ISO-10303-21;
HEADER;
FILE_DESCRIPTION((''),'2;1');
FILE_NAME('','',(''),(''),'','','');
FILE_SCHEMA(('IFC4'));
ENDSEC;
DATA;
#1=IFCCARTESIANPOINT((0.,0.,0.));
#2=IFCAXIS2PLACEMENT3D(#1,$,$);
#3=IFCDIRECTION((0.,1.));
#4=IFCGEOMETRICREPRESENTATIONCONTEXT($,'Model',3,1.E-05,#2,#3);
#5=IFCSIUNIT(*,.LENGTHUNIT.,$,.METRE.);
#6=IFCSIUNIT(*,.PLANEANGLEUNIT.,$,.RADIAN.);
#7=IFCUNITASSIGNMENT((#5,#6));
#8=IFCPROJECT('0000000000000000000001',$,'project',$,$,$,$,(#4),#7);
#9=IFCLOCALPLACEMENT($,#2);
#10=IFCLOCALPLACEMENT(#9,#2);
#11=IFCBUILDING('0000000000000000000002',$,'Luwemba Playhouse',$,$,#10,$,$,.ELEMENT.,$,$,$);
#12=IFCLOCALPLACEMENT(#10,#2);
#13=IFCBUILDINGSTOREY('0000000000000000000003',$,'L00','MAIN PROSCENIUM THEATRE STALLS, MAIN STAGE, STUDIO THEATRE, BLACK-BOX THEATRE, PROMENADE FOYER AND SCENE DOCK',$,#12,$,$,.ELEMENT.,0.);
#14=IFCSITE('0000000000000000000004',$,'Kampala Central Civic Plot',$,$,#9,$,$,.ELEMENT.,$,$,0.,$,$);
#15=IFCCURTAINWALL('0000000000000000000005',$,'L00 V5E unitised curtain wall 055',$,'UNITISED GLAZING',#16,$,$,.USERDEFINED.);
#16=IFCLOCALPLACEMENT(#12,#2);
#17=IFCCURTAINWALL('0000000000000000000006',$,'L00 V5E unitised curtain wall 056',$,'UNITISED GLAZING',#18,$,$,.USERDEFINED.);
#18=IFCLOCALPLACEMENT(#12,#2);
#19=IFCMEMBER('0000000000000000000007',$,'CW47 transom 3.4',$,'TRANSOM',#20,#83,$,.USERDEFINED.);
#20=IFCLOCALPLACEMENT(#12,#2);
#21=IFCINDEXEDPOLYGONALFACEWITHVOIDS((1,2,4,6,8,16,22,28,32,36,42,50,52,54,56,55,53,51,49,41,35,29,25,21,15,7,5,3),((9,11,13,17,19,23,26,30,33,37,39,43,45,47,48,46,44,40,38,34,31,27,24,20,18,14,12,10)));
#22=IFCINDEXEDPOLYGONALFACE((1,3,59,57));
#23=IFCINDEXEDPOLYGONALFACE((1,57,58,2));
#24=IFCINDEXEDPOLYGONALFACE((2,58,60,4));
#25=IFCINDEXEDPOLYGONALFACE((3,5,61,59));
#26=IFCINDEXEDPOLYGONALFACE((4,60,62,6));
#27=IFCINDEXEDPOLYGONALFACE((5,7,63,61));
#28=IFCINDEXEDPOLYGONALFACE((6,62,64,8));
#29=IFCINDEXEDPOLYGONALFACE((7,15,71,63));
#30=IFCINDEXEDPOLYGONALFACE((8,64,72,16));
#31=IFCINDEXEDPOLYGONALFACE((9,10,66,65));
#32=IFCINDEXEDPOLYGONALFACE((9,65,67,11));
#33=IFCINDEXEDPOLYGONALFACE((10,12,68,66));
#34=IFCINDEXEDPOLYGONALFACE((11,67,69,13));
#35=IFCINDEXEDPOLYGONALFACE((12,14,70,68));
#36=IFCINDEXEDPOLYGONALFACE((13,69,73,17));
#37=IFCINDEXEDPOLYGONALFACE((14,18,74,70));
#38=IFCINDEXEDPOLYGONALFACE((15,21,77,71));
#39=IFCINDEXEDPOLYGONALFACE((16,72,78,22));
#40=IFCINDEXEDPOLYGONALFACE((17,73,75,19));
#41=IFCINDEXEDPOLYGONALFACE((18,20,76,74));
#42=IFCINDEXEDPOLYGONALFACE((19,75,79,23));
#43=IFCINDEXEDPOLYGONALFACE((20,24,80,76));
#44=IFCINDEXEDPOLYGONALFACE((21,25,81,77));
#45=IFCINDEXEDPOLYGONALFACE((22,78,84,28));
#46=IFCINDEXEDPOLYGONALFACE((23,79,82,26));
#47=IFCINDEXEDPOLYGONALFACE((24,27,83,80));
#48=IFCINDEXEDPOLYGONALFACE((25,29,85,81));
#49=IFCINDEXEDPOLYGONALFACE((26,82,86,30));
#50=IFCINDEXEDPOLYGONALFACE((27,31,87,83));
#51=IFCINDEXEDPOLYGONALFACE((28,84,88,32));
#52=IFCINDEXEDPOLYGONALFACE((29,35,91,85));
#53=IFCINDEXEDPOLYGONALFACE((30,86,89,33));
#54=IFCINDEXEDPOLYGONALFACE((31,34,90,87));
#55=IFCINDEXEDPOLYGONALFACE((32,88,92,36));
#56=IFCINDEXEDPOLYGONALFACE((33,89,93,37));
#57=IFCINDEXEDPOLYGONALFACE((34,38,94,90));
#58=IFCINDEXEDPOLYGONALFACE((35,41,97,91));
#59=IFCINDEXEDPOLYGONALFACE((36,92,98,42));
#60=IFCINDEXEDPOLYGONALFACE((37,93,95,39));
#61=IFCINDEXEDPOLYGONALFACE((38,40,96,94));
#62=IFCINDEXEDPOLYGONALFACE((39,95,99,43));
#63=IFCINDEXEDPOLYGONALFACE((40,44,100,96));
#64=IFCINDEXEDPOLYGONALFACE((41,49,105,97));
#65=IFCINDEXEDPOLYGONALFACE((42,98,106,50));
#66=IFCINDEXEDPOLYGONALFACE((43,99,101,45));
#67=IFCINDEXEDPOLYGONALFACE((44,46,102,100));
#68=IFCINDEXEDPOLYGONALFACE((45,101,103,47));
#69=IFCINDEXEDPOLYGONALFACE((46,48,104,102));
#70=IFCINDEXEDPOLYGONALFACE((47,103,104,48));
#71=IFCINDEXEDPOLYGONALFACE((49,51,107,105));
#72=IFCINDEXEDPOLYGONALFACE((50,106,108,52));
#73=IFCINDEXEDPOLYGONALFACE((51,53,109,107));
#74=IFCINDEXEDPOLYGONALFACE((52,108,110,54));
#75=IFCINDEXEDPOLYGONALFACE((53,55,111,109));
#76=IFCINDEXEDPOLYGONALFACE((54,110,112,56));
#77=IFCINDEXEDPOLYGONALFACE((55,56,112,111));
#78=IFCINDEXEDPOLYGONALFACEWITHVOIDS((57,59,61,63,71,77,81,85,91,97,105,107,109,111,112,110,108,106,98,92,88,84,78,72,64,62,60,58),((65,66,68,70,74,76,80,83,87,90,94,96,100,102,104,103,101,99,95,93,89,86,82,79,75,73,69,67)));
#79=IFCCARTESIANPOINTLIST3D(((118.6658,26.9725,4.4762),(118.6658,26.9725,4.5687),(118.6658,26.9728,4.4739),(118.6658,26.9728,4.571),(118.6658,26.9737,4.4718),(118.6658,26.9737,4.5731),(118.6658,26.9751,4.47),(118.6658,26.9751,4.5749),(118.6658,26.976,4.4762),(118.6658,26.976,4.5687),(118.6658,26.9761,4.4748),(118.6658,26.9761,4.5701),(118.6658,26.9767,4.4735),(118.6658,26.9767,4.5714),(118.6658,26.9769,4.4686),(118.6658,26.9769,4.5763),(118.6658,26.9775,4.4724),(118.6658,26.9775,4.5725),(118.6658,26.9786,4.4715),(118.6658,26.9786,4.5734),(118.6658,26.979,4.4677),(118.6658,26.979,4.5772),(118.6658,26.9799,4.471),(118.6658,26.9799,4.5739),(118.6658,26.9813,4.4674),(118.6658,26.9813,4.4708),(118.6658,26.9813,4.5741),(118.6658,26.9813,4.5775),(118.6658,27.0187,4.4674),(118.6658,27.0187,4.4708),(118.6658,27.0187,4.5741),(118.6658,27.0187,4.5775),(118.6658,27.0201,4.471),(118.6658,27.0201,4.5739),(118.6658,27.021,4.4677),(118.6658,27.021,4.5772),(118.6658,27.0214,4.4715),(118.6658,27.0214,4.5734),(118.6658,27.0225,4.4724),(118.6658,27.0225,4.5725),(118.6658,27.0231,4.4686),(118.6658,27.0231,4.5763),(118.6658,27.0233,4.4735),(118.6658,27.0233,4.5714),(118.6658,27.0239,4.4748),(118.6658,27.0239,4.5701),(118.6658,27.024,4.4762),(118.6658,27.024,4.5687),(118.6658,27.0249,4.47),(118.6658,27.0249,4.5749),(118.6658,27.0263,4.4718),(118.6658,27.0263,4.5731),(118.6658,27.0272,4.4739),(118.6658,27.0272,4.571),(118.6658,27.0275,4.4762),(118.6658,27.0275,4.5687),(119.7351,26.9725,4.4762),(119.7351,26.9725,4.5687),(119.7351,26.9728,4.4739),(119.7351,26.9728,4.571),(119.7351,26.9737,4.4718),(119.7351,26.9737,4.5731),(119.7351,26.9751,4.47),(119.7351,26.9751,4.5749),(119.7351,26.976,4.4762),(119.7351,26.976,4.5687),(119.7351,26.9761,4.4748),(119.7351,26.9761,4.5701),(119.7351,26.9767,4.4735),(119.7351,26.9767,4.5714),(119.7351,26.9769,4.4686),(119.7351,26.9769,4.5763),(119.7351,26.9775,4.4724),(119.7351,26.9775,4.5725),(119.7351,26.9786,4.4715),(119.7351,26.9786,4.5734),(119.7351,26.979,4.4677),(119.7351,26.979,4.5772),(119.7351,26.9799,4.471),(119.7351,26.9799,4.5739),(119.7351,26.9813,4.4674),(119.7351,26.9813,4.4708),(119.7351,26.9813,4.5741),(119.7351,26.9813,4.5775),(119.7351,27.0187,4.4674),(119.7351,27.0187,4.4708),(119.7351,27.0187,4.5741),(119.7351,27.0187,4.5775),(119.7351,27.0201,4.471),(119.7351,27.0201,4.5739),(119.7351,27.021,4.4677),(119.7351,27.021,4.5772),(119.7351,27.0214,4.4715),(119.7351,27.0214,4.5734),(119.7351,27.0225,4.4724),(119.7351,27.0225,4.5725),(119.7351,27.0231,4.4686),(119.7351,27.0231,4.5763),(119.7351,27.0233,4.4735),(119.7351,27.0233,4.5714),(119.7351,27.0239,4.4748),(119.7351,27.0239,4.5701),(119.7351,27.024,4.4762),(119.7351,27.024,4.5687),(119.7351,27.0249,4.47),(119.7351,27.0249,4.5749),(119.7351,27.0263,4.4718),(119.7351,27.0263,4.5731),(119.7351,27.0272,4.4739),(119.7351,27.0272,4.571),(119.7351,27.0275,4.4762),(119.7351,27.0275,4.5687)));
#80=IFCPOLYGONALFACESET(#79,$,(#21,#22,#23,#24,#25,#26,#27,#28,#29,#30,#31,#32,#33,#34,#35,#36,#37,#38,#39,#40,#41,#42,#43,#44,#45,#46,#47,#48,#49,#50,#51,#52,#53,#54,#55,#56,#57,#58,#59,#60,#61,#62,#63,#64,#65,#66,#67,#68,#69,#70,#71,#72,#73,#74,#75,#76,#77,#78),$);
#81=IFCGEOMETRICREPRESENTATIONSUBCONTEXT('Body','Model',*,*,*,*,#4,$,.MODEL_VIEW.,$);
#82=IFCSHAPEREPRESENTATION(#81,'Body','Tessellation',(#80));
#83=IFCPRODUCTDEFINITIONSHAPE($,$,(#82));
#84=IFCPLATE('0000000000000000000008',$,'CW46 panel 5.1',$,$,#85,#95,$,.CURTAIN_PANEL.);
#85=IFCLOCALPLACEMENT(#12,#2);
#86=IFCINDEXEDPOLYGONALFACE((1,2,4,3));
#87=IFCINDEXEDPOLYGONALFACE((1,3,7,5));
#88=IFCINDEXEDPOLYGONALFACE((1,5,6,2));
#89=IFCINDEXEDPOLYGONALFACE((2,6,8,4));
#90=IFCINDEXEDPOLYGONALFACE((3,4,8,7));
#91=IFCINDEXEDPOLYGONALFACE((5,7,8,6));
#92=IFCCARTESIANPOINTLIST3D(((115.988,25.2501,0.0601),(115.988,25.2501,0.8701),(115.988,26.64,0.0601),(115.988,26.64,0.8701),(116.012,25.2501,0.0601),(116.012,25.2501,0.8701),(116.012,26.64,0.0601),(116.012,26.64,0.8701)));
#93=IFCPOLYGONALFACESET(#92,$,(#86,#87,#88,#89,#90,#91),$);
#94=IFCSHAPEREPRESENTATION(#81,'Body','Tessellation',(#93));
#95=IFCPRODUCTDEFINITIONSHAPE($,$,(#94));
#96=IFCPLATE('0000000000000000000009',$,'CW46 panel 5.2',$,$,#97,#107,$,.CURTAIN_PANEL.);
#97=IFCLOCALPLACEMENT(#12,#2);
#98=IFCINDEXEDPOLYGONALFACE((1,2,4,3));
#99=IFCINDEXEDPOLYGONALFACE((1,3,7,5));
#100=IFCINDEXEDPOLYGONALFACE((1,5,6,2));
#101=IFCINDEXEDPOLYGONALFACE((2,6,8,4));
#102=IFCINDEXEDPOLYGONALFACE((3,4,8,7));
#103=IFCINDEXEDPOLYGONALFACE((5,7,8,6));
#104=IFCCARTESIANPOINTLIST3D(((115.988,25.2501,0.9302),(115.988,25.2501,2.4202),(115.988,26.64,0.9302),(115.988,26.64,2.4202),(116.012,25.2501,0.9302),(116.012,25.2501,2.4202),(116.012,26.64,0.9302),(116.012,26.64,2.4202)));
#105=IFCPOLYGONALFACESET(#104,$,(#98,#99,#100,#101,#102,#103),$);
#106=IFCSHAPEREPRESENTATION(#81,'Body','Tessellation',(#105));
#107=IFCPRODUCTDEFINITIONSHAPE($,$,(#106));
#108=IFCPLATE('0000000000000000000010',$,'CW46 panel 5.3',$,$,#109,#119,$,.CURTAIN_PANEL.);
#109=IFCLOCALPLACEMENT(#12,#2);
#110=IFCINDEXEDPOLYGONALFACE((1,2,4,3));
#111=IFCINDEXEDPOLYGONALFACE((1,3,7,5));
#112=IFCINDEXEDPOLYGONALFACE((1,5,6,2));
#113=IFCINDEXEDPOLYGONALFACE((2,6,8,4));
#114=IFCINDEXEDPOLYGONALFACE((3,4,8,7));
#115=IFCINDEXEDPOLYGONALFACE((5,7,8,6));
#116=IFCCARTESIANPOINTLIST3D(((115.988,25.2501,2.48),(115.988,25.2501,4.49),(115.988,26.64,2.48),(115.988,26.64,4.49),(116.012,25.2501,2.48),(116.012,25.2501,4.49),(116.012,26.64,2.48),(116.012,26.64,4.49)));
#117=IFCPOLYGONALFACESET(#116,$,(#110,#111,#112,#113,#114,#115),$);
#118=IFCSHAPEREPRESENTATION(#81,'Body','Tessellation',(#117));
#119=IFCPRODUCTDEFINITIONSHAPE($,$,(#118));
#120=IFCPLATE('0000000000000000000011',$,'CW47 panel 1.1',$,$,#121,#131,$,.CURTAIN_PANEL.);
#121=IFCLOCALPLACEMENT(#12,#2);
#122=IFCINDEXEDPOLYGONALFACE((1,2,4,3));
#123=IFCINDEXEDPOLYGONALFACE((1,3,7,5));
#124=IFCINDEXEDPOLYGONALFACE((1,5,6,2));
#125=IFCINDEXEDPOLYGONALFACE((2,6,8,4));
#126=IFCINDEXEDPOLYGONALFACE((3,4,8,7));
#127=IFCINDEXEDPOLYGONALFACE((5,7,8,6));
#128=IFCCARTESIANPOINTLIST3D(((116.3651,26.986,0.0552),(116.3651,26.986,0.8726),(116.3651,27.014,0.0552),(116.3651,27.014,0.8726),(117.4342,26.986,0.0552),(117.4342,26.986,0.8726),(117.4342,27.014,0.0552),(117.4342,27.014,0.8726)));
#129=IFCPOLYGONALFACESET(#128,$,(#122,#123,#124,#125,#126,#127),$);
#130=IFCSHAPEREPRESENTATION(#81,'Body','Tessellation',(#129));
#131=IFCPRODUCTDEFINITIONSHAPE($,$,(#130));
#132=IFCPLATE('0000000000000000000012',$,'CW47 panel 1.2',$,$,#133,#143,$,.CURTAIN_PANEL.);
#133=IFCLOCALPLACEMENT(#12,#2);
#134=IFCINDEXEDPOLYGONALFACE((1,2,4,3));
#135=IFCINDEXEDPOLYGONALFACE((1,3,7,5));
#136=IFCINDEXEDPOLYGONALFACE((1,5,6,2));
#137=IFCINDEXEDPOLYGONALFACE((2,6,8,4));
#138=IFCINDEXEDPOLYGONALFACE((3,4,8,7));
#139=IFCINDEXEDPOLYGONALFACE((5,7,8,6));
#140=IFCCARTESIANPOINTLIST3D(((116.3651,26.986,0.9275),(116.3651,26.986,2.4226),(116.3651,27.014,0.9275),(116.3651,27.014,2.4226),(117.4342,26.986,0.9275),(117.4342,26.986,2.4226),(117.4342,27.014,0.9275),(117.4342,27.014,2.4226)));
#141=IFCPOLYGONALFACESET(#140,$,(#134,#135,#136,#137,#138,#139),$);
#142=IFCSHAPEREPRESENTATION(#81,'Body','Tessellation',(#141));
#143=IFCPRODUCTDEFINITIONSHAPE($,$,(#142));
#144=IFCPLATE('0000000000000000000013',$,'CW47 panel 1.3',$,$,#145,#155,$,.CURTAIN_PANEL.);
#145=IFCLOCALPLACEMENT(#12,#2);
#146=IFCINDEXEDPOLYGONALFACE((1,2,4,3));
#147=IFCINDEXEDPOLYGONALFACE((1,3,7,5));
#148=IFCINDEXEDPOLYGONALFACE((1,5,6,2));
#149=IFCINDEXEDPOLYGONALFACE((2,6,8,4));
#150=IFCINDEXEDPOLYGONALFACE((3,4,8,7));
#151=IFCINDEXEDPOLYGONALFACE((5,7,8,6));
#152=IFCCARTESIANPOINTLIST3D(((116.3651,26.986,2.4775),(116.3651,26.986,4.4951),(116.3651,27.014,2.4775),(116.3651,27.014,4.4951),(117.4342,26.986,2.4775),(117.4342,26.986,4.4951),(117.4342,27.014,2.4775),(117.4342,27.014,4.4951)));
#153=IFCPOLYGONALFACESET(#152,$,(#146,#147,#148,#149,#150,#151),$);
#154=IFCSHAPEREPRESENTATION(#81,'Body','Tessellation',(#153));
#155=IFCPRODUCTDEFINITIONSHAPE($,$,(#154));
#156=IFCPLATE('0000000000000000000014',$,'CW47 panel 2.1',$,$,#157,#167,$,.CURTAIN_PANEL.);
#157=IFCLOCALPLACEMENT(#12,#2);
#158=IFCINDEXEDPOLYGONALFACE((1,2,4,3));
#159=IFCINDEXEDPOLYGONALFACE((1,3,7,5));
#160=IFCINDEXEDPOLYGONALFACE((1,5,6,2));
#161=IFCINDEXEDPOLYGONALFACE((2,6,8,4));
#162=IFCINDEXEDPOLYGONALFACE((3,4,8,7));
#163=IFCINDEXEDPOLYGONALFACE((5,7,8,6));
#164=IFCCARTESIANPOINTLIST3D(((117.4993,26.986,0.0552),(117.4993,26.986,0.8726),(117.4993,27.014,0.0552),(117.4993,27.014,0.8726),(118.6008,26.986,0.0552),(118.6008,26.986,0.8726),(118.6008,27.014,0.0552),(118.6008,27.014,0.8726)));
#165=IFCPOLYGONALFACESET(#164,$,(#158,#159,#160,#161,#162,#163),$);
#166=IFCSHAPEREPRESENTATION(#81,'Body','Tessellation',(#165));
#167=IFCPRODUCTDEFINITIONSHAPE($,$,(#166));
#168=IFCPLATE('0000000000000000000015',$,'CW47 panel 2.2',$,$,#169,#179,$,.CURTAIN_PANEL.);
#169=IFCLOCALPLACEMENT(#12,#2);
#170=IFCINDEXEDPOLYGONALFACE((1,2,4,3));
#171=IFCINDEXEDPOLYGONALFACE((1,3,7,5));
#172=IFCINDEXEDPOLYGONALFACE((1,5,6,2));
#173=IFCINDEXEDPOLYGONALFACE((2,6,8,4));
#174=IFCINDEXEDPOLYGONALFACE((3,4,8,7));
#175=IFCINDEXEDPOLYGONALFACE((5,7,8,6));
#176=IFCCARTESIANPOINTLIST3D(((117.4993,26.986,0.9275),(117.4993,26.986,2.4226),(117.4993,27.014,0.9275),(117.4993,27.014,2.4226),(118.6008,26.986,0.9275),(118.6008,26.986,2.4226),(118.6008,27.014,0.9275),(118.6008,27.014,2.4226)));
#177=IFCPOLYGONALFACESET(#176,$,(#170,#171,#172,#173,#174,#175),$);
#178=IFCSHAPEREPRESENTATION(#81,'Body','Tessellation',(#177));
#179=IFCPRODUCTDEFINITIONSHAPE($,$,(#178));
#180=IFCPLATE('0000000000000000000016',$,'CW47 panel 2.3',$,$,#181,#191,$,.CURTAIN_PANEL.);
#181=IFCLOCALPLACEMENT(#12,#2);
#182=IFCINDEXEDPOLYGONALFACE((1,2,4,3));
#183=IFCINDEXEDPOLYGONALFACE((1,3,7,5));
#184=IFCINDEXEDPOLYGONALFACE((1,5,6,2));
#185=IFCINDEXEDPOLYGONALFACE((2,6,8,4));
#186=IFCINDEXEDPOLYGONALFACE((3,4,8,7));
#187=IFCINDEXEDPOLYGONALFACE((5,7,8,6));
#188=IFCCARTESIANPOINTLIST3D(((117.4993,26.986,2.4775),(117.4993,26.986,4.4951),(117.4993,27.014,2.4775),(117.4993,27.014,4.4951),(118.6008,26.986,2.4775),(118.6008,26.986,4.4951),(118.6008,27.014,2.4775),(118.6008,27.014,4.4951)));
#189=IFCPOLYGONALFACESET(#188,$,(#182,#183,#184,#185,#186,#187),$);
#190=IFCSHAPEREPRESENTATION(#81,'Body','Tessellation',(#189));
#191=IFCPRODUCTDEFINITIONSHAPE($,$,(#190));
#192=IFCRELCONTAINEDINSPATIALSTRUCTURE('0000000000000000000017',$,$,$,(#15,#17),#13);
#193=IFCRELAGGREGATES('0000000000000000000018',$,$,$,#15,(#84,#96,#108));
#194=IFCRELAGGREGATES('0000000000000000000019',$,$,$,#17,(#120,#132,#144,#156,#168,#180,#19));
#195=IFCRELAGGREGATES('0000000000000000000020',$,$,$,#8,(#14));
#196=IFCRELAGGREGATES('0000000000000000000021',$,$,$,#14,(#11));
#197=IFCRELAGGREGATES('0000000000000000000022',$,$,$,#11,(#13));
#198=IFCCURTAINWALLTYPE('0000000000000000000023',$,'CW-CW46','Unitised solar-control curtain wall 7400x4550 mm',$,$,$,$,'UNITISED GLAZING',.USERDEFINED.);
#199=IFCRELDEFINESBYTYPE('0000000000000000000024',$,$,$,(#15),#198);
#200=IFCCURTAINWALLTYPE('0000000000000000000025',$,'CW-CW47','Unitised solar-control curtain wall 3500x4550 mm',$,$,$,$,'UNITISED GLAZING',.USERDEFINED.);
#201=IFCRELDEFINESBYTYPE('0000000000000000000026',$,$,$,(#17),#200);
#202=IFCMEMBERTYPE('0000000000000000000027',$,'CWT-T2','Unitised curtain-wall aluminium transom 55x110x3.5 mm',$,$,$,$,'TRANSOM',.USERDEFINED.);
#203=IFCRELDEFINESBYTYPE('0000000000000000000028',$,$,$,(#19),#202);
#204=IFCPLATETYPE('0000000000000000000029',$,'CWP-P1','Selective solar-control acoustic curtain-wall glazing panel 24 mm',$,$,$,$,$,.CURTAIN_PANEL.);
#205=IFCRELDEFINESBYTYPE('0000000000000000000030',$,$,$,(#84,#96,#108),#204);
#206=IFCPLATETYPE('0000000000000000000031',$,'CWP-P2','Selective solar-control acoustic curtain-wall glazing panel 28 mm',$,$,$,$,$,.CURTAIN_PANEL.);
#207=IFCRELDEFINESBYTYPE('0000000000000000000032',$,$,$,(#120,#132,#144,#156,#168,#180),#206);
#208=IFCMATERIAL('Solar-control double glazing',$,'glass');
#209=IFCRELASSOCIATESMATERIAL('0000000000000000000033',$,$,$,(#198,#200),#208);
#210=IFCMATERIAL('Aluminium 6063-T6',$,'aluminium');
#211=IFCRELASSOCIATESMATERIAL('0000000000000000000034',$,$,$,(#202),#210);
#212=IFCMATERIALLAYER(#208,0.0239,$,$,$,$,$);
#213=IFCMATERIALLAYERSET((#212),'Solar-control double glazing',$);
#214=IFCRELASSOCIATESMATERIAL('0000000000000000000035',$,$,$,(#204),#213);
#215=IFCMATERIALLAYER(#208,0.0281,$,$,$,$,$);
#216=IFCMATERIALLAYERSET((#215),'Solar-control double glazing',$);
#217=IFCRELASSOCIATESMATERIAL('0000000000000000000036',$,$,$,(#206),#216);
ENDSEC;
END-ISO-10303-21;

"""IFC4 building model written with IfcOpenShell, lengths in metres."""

from ifc_helpers import new_model, si_unit, direction, frame, origin, origin_2d, place, context, subcontext, project, spatial, rectangle, hollow_rectangle, extrude, material, layer, layer_set, material_profile, profile_set, type_object, element, aggregate, save


model = new_model("IFC4")

# Units and contexts
model_context = context("Model", 3, precision=1e-05, world=origin(), true_north=direction((0.0, 1.0)))
body_context = subcontext(model_context, "Body", "Model", "MODEL_VIEW")
ifc_project = project(units=[si_unit("LENGTHUNIT", "METRE"), si_unit("PLANEANGLEUNIT", "RADIAN")], contexts=[model_context])

# Site, building, storey
site_placement = place(None, origin())
site = spatial("IfcSite", under=ifc_project, at=site_placement, Name="Kampala Central Civic Plot", CompositionType="ELEMENT", RefElevation=0.0)
building_placement = place(site_placement, origin())
building = spatial("IfcBuilding", under=site, at=building_placement, Name="Luwemba Playhouse", CompositionType="ELEMENT")
storey_placement = place(building_placement, origin())
storey = spatial("IfcBuildingStorey", under=building, at=storey_placement, Name="L00", Description="MAIN PROSCENIUM THEATRE STALLS, MAIN STAGE, STUDIO THEATRE, BLACK-BOX THEATRE, PROMENADE FOYER AND SCENE DOCK", CompositionType="ELEMENT", Elevation=0.0)

# Curtain wall
ifc_material_1 = material(Name="Solar-control double glazing", Category="glass")
curtain_wall_type_1 = type_object("IfcCurtainWallType", Name="CW-CW46", Description="Unitised solar-control curtain wall 7400x4550 mm", ElementType="UNITISED GLAZING", PredefinedType="USERDEFINED", material=ifc_material_1)
curtain_wall_1_placement = place(storey_placement, origin())
curtain_wall_1 = element("IfcCurtainWall", 1, at=curtain_wall_1_placement, inside=storey, type_object=curtain_wall_type_1, Name="L00 V5E unitised curtain wall 055", ObjectType="UNITISED GLAZING", PredefinedType="USERDEFINED")
ifc_material_2 = material(Name="Aluminium 6063-T6", Category="aluminium")

# Curtain wall
curtain_wall_type_2 = type_object("IfcCurtainWallType", Name="CW-CW47", Description="Unitised solar-control curtain wall 3500x4550 mm", ElementType="UNITISED GLAZING", PredefinedType="USERDEFINED", material=ifc_material_1)
curtain_wall_2_placement = place(storey_placement, origin())
curtain_wall_2 = element("IfcCurtainWall", 2, at=curtain_wall_2_placement, inside=storey, type_object=curtain_wall_type_2, Name="L00 V5E unitised curtain wall 056", ObjectType="UNITISED GLAZING", PredefinedType="USERDEFINED")

# Member
ifc_material_profile_1 = material_profile(ifc_material_2, hollow_rectangle(XDim=0.0549, YDim=0.1101, WallThickness=0.0034, InnerFilletRadius=0.0054, OuterFilletRadius=0.0088, at=origin_2d()))
ifc_profile_set_1 = profile_set([ifc_material_profile_1], Name="Aluminium 6063-T6")
member_type_1 = type_object("IfcMemberType", Name="CWT-T2", Description="Unitised curtain-wall aluminium transom 55x110x3.5 mm", ElementType="TRANSOM", PredefinedType="USERDEFINED", material=ifc_profile_set_1)
member_1_placement = place(storey_placement, frame((118.6658, 27.0, 4.5225), z_axis=(1.0, 0.0, 0.0), x_axis=(0.0, 1.0, 0.0)))
member_1 = element("IfcMember", 3, at=member_1_placement, type_object=member_type_1, Name="CW47 transom 3.4", ObjectType="TRANSOM", PredefinedType="USERDEFINED", context=body_context, shape_type="SweptSolid", body=[
    extrude(hollow_rectangle(XDim=0.0549, YDim=0.1101, WallThickness=0.0034, InnerFilletRadius=0.0054, OuterFilletRadius=0.0088, at=origin_2d()), origin(), (0.0, 0.0, 1.0), 1.0693),
])

# Plates
ifc_layer_1 = layer(ifc_material_1, 0.0239)
ifc_layer_set_1 = layer_set([ifc_layer_1], Name="Solar-control double glazing")
plate_type_1 = type_object("IfcPlateType", Name="CWP-P1", Description="Selective solar-control acoustic curtain-wall glazing panel 24 mm", PredefinedType="CURTAIN_PANEL", material=ifc_layer_set_1)
plate_1_placement = place(storey_placement, frame((116.0, 25.9451, 0.0601), z_axis=(0.0, 0.0, 1.0), x_axis=(0.0, 1.0, 0.0)))
plate_1 = element("IfcPlate", 4, at=plate_1_placement, type_object=plate_type_1, Name="CW46 panel 5.1", PredefinedType="CURTAIN_PANEL", context=body_context, shape_type="SweptSolid", body=[
    extrude(rectangle(XDim=1.3899, YDim=0.0239, at=origin_2d()), origin(), (0.0, 0.0, 1.0), 0.8101),
])
plate_2_placement = place(storey_placement, frame((116.0, 25.9451, 0.9302), z_axis=(0.0, 0.0, 1.0), x_axis=(0.0, 1.0, 0.0)))
plate_2 = element("IfcPlate", 5, at=plate_2_placement, type_object=plate_type_1, Name="CW46 panel 5.2", PredefinedType="CURTAIN_PANEL", context=body_context, shape_type="SweptSolid", body=[
    extrude(rectangle(XDim=1.3899, YDim=0.0239, at=origin_2d()), origin(), (0.0, 0.0, 1.0), 1.49),
])
plate_3_placement = place(storey_placement, frame((116.0, 25.9451, 2.48), z_axis=(0.0, 0.0, 1.0), x_axis=(0.0, 1.0, 0.0)))
plate_3 = element("IfcPlate", 6, at=plate_3_placement, type_object=plate_type_1, Name="CW46 panel 5.3", PredefinedType="CURTAIN_PANEL", context=body_context, shape_type="SweptSolid", body=[
    extrude(rectangle(XDim=1.3899, YDim=0.0239, at=origin_2d()), origin(), (0.0, 0.0, 1.0), 2.01),
])
aggregate(curtain_wall_1, [plate_1, plate_2, plate_3])
ifc_layer_2 = layer(ifc_material_1, 0.0281)
ifc_layer_set_2 = layer_set([ifc_layer_2], Name="Solar-control double glazing")
plate_type_2 = type_object("IfcPlateType", Name="CWP-P2", Description="Selective solar-control acoustic curtain-wall glazing panel 28 mm", PredefinedType="CURTAIN_PANEL", material=ifc_layer_set_2)
plate_4_placement = place(storey_placement, frame((116.8997, 27.0, 0.0552), z_axis=(0.0, 0.0, 1.0), x_axis=(1.0, 0.0, 0.0)))
plate_4 = element("IfcPlate", 7, at=plate_4_placement, type_object=plate_type_2, Name="CW47 panel 1.1", PredefinedType="CURTAIN_PANEL", context=body_context, shape_type="SweptSolid", body=[
    extrude(rectangle(XDim=1.0691, YDim=0.0281, at=origin_2d()), origin(), (0.0, 0.0, 1.0), 0.8174),
])
plate_5_placement = place(storey_placement, frame((116.8997, 27.0, 0.9275), z_axis=(0.0, 0.0, 1.0), x_axis=(1.0, 0.0, 0.0)))
plate_5 = element("IfcPlate", 8, at=plate_5_placement, type_object=plate_type_2, Name="CW47 panel 1.2", PredefinedType="CURTAIN_PANEL", context=body_context, shape_type="SweptSolid", body=[
    extrude(rectangle(XDim=1.0691, YDim=0.0281, at=origin_2d()), origin(), (0.0, 0.0, 1.0), 1.4951),
])
plate_6_placement = place(storey_placement, frame((116.8997, 27.0, 2.4775), z_axis=(0.0, 0.0, 1.0), x_axis=(1.0, 0.0, 0.0)))
plate_6 = element("IfcPlate", 9, at=plate_6_placement, type_object=plate_type_2, Name="CW47 panel 1.3", PredefinedType="CURTAIN_PANEL", context=body_context, shape_type="SweptSolid", body=[
    extrude(rectangle(XDim=1.0691, YDim=0.0281, at=origin_2d()), origin(), (0.0, 0.0, 1.0), 2.0176),
])
plate_7_placement = place(storey_placement, frame((118.05, 27.0, 0.0552), z_axis=(0.0, 0.0, 1.0), x_axis=(1.0, 0.0, 0.0)))
plate_7 = element("IfcPlate", 10, at=plate_7_placement, type_object=plate_type_2, Name="CW47 panel 2.1", PredefinedType="CURTAIN_PANEL", context=body_context, shape_type="SweptSolid", body=[
    extrude(rectangle(XDim=1.1016, YDim=0.0281, at=origin_2d()), origin(), (0.0, 0.0, 1.0), 0.8174),
])
plate_8_placement = place(storey_placement, frame((118.05, 27.0, 0.9275), z_axis=(0.0, 0.0, 1.0), x_axis=(1.0, 0.0, 0.0)))
plate_8 = element("IfcPlate", 11, at=plate_8_placement, type_object=plate_type_2, Name="CW47 panel 2.2", PredefinedType="CURTAIN_PANEL", context=body_context, shape_type="SweptSolid", body=[
    extrude(rectangle(XDim=1.1016, YDim=0.0281, at=origin_2d()), origin(), (0.0, 0.0, 1.0), 1.4951),
])
plate_9_placement = place(storey_placement, frame((118.05, 27.0, 2.4775), z_axis=(0.0, 0.0, 1.0), x_axis=(1.0, 0.0, 0.0)))
plate_9 = element("IfcPlate", 12, at=plate_9_placement, type_object=plate_type_2, Name="CW47 panel 2.3", PredefinedType="CURTAIN_PANEL", context=body_context, shape_type="SweptSolid", body=[
    extrude(rectangle(XDim=1.1016, YDim=0.0281, at=origin_2d()), origin(), (0.0, 0.0, 1.0), 2.0176),
])
aggregate(curtain_wall_2, [plate_4, plate_5, plate_6, plate_7, plate_8, plate_9, member_1])

save(model, "model.ifc")
